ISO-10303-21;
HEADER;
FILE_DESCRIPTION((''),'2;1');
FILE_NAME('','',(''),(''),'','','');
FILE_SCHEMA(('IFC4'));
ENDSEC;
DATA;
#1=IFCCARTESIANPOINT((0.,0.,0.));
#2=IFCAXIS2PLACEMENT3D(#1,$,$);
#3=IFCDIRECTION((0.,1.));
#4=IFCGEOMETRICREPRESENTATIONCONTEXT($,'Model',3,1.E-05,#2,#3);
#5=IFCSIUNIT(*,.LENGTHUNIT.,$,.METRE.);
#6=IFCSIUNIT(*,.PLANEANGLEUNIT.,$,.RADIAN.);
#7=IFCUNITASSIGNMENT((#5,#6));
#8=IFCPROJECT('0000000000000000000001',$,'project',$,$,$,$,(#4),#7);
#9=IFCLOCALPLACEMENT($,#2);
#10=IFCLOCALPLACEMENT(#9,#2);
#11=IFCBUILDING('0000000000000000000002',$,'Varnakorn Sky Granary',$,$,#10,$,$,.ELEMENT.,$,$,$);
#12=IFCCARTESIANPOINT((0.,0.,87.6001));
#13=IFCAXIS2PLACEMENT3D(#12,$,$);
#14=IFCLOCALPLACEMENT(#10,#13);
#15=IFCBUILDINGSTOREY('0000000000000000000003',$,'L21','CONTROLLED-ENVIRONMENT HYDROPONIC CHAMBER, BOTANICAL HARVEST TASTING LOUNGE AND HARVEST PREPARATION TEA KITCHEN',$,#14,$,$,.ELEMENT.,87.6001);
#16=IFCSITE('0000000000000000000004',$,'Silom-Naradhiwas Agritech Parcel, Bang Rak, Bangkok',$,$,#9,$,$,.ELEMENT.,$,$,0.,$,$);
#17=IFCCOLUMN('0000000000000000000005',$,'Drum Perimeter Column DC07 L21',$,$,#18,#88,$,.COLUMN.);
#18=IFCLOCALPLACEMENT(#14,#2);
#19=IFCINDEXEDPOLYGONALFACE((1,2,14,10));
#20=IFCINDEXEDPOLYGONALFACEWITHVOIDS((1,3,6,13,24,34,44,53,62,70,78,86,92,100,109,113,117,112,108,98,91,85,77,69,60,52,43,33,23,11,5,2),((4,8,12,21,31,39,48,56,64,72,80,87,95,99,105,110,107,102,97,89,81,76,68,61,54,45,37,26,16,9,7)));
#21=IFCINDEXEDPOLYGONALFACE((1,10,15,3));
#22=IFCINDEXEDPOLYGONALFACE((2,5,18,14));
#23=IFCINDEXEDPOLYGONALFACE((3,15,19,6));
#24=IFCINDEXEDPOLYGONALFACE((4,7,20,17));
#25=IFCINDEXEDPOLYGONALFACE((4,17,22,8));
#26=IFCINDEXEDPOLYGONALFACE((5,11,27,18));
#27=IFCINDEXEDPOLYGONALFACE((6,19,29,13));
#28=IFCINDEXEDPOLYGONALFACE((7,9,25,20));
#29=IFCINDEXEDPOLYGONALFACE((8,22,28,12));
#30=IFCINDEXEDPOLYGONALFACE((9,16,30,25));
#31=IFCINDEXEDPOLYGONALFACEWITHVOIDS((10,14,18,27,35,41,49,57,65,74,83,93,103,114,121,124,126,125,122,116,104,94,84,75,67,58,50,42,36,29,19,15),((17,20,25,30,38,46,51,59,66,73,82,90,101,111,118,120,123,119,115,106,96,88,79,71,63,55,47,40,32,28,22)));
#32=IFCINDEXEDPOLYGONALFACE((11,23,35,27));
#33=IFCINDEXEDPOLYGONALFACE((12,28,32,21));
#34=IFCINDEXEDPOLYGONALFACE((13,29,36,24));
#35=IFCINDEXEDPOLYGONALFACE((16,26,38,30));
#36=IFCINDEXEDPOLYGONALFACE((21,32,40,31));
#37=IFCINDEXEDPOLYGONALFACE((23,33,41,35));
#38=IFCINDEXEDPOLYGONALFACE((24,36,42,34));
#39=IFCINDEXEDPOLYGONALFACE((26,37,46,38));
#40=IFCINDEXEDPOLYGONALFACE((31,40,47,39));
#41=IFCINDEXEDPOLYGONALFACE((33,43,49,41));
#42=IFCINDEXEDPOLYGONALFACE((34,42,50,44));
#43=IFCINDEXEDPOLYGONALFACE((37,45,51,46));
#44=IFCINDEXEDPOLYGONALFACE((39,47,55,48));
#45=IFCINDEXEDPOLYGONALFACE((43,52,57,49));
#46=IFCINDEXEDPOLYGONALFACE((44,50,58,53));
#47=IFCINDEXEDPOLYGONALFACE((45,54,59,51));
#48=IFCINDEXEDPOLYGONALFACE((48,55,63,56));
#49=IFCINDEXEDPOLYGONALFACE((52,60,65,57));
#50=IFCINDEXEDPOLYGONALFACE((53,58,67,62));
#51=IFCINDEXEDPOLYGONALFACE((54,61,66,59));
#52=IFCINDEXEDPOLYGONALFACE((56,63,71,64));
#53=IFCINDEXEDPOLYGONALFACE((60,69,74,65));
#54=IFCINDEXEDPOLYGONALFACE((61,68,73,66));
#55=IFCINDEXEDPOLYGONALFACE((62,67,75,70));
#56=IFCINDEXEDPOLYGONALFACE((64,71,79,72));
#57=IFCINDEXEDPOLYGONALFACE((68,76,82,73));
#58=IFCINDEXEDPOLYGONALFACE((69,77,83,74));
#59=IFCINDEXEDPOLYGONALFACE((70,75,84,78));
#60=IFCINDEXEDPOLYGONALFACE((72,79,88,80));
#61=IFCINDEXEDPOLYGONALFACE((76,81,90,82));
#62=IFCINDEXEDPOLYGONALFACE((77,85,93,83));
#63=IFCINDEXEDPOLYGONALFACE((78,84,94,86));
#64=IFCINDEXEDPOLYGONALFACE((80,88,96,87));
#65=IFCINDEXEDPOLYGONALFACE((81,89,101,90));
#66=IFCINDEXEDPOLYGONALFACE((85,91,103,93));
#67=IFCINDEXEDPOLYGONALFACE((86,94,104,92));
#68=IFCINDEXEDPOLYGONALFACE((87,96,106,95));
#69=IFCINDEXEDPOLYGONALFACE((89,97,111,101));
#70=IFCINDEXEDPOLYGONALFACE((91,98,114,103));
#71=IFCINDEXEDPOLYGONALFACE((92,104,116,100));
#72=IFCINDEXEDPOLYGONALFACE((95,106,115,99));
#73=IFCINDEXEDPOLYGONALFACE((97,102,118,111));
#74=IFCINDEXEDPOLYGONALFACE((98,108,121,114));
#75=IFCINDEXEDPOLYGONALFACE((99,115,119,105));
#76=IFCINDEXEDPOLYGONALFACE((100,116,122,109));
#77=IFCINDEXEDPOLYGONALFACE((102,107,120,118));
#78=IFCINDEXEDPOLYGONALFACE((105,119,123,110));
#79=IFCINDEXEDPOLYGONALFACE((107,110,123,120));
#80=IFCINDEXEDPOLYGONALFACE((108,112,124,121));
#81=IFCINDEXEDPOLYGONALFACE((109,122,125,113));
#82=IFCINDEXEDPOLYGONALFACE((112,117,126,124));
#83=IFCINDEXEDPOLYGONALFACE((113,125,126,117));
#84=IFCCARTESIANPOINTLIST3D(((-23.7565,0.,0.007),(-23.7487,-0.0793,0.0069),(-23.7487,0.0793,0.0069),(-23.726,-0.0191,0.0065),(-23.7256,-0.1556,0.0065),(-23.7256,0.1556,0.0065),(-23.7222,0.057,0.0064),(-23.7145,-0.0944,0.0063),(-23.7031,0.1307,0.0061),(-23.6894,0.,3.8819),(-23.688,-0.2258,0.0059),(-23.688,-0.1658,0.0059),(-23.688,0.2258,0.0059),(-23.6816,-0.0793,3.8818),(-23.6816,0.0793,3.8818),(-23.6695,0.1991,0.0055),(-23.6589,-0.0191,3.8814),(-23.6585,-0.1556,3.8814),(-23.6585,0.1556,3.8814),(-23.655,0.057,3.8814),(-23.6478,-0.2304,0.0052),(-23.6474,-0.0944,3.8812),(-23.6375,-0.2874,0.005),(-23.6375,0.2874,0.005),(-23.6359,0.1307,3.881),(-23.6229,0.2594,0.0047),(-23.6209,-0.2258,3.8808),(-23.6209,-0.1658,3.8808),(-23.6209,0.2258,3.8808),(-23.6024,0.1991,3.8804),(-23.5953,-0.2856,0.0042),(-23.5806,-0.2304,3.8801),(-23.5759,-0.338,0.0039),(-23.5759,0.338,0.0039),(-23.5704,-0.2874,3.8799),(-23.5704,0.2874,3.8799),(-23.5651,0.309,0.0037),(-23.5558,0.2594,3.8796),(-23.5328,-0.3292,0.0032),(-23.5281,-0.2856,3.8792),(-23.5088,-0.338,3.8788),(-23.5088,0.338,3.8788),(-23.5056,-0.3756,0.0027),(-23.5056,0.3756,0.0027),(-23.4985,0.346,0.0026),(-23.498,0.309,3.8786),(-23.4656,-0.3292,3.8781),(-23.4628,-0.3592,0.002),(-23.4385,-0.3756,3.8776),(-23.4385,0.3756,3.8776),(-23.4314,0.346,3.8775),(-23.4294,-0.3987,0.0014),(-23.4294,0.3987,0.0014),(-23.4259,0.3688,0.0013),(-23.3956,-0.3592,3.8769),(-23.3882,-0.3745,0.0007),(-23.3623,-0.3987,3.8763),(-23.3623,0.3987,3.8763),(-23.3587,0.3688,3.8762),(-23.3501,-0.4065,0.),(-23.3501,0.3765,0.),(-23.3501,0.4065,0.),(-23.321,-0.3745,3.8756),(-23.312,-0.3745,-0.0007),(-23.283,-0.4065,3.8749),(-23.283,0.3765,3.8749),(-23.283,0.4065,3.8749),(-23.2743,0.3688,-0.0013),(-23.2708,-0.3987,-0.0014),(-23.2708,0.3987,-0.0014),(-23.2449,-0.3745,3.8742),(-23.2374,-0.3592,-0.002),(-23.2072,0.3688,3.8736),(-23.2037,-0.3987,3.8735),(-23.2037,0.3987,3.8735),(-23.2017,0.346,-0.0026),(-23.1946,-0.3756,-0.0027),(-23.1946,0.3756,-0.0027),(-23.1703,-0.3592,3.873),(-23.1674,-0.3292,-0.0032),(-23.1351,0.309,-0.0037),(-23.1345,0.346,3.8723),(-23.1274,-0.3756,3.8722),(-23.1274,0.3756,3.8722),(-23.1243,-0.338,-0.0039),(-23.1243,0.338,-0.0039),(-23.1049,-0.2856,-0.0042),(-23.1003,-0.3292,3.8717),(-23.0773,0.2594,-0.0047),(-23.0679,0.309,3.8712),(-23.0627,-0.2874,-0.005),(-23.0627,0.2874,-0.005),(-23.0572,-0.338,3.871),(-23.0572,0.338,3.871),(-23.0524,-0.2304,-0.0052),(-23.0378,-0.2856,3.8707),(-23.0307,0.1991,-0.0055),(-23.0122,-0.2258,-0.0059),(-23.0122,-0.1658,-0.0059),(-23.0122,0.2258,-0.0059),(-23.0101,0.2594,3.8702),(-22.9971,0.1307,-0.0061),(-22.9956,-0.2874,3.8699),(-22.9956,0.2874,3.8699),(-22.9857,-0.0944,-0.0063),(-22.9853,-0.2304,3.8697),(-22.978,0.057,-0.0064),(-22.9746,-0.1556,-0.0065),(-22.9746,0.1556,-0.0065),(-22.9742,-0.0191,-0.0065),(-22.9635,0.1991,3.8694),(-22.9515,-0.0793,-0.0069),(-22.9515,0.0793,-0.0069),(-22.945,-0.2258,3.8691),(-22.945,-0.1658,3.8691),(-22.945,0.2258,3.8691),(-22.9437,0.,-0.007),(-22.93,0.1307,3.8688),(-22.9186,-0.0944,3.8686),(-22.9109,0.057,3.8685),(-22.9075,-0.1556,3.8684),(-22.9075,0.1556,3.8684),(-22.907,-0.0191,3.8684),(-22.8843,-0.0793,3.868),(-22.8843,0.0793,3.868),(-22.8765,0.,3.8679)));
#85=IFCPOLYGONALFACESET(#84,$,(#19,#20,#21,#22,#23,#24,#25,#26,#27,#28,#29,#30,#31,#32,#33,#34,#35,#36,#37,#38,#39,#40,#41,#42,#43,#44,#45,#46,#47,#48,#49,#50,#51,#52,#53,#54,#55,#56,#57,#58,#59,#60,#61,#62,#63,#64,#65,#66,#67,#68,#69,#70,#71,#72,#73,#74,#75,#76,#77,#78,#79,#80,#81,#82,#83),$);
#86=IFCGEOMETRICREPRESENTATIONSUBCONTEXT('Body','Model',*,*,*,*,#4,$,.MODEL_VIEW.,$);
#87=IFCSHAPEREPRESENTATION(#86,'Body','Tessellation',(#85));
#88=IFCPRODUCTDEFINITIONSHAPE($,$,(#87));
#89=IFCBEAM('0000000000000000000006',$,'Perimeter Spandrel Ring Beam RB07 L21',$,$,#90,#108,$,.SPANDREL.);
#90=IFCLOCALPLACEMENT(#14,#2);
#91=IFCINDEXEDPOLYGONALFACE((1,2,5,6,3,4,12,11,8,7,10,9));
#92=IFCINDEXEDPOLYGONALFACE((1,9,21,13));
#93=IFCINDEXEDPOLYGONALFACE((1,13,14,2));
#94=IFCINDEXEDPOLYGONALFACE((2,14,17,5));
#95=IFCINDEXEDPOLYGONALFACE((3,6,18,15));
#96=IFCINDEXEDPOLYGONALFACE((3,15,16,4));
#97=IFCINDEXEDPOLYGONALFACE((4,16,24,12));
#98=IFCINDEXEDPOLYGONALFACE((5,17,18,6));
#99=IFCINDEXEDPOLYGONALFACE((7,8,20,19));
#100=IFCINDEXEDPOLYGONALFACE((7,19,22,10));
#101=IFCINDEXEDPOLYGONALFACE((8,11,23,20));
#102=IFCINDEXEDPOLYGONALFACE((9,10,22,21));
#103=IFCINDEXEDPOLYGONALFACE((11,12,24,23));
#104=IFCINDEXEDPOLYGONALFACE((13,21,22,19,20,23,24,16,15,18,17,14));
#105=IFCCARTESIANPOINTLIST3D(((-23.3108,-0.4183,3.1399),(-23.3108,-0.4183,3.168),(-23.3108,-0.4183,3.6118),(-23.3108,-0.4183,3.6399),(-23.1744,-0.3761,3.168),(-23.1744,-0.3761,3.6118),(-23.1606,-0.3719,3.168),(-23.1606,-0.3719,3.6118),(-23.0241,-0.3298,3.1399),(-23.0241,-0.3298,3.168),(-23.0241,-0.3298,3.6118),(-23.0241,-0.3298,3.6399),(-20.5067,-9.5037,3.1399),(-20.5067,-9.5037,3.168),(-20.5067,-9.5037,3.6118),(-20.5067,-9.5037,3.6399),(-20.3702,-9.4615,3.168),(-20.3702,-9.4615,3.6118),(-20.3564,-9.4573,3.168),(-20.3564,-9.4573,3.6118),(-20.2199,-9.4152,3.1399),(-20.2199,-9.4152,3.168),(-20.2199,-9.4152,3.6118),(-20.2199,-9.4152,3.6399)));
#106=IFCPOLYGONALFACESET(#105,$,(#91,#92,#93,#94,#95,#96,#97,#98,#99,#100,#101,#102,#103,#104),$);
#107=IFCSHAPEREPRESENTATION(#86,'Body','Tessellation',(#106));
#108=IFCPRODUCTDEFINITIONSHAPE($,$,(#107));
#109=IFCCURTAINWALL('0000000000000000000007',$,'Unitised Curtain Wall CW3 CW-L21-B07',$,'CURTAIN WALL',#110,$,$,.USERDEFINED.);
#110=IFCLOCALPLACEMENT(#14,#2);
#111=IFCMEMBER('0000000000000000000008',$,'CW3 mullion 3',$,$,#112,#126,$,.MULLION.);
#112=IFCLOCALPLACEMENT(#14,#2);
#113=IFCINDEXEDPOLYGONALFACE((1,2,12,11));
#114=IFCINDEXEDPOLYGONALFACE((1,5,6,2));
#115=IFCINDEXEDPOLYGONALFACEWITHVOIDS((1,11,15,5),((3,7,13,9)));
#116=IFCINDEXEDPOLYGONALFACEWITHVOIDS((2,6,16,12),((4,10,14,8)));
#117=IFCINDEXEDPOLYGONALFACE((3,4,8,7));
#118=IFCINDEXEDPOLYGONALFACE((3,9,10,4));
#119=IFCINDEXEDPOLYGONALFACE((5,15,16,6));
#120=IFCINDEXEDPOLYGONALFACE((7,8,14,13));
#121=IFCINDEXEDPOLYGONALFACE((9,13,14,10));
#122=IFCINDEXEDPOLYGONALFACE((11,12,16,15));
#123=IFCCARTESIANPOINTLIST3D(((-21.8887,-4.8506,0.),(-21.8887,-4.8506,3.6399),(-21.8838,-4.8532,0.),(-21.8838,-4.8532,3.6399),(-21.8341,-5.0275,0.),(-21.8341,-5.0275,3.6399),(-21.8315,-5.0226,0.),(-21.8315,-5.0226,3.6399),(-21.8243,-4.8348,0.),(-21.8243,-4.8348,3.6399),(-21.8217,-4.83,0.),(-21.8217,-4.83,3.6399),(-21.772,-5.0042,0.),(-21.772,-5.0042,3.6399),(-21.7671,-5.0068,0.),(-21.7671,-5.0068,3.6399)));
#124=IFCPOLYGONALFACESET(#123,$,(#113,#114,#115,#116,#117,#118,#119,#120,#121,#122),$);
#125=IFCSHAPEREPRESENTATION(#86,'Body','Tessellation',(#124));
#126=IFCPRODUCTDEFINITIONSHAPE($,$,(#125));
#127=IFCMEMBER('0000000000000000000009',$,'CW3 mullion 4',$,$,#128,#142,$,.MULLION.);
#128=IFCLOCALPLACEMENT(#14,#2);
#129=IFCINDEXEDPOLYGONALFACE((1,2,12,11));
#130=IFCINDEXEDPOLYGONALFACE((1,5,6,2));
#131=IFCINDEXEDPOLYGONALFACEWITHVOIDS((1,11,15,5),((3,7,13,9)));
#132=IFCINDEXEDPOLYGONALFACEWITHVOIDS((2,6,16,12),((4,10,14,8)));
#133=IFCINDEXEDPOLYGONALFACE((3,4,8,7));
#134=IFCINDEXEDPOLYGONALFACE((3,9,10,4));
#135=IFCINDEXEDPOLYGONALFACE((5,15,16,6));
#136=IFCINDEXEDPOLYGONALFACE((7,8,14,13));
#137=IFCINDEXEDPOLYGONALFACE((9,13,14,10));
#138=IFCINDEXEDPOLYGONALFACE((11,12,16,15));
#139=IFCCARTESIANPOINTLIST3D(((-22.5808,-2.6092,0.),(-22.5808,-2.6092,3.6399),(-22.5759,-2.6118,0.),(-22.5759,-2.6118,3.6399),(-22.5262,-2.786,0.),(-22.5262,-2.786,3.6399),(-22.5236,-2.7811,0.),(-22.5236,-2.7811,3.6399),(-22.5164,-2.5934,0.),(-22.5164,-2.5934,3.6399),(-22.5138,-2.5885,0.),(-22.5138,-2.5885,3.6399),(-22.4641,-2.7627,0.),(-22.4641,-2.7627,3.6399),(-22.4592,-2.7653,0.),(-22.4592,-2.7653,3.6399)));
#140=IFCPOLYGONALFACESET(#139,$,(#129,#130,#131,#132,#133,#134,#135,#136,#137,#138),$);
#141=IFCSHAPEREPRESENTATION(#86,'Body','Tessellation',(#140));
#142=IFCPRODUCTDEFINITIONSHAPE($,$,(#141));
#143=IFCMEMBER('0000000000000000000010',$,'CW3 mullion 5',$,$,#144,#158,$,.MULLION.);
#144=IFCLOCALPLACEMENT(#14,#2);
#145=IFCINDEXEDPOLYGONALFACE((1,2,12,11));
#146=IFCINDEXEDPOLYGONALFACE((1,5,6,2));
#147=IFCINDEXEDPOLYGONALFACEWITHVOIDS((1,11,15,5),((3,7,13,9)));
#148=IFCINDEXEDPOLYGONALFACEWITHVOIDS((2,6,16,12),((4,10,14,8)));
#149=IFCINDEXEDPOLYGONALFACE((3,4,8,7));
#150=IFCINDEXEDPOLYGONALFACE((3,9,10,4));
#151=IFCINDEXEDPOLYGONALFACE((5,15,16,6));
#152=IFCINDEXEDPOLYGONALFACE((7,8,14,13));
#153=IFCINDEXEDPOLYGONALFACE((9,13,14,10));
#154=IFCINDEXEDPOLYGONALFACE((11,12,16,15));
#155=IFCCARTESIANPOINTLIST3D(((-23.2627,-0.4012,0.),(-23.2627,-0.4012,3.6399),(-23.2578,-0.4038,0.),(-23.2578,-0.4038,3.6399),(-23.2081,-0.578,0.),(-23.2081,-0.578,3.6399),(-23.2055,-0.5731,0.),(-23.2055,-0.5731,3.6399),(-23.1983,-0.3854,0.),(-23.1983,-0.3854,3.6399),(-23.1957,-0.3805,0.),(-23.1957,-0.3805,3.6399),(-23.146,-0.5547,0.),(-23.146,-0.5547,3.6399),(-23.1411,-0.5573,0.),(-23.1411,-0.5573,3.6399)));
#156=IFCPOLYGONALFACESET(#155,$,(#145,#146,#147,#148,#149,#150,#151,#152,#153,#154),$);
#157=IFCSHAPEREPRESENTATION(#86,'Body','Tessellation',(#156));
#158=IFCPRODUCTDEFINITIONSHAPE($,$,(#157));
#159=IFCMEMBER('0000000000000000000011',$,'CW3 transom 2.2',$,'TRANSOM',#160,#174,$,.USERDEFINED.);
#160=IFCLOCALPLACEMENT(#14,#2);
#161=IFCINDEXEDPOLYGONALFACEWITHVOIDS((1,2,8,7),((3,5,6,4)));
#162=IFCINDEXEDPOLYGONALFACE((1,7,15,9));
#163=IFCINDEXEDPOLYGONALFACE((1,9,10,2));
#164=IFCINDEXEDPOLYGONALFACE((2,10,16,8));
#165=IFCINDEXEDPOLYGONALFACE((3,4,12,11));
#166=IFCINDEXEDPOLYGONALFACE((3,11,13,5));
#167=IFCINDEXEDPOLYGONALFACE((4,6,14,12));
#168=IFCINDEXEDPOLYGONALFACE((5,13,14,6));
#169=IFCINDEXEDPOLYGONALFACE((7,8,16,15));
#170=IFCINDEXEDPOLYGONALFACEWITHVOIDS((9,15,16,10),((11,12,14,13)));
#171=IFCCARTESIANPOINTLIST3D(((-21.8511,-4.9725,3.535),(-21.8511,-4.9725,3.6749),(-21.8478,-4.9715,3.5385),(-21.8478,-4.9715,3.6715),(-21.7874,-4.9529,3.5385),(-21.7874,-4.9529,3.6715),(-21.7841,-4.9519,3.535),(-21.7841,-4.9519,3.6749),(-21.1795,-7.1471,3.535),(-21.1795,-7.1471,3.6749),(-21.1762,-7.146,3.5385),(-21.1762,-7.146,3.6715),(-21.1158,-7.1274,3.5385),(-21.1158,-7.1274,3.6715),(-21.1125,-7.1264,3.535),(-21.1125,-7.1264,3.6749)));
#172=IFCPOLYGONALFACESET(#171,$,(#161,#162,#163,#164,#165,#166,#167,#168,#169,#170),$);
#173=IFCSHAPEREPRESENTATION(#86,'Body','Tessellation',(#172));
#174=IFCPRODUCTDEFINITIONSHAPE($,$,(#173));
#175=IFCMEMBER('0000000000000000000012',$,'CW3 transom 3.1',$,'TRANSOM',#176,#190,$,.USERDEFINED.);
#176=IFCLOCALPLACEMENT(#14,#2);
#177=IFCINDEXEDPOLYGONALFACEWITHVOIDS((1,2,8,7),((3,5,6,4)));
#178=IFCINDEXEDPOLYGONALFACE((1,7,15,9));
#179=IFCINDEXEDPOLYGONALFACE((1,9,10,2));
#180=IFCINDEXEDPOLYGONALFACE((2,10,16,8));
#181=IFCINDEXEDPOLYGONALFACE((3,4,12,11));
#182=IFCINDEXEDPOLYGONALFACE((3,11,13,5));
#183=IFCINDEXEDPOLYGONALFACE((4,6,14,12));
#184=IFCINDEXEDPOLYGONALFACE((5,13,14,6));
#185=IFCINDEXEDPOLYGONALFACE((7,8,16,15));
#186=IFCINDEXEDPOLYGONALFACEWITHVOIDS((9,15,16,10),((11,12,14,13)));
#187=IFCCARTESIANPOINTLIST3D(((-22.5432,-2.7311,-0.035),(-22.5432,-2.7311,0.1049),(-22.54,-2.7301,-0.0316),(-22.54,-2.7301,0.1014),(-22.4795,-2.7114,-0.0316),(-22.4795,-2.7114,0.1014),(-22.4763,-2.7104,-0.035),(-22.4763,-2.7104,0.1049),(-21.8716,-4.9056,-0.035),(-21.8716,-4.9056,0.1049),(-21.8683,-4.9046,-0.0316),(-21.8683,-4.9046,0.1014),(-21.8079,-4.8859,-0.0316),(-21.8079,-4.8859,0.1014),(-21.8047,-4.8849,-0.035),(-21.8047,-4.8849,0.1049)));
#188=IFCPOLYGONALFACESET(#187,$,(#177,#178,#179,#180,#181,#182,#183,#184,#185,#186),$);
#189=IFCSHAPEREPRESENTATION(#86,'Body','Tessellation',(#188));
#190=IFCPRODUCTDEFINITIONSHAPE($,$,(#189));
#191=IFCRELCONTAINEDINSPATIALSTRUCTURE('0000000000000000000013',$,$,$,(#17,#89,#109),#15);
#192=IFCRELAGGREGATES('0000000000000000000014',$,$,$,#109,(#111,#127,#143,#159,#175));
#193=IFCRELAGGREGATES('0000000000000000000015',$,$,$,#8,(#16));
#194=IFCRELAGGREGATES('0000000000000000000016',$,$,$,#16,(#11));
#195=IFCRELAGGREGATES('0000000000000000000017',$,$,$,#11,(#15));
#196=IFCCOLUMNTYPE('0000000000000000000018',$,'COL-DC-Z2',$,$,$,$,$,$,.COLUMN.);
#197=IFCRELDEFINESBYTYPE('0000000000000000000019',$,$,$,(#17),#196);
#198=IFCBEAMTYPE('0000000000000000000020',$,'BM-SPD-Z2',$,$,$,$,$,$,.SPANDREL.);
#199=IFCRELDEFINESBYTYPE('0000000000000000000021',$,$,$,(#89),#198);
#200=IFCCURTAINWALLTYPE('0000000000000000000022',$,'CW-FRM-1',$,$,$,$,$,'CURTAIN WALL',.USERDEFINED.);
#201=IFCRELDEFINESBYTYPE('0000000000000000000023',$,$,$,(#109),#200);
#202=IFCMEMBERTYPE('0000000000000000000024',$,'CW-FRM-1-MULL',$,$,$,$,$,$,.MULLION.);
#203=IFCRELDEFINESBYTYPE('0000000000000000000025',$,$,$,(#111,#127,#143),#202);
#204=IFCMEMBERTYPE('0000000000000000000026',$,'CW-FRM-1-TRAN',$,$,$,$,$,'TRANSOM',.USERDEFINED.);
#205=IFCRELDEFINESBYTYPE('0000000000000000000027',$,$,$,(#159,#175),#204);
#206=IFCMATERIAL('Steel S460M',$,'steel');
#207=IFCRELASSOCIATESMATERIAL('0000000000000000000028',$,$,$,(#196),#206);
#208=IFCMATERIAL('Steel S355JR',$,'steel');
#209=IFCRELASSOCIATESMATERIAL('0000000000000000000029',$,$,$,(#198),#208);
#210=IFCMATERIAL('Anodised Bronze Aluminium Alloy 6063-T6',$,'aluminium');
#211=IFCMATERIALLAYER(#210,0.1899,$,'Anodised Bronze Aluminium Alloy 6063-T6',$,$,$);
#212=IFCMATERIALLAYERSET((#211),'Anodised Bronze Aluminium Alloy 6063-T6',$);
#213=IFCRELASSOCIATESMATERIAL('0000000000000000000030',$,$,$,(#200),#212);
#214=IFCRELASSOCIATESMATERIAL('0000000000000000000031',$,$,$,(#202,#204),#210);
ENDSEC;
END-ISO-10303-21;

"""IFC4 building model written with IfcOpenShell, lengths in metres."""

from ifc_helpers import new_model, si_unit, direction, frame, origin, origin_2d, place, context, subcontext, project, spatial, hollow_rectangle, hollow_circle, i_section, extrude, material, layer, layer_set, material_profile, profile_set, type_object, element, aggregate, save


model = new_model("IFC4")

# Units and contexts
model_context = context("Model", 3, precision=1e-05, world=origin(), true_north=direction((0.0, 1.0)))
body_context = subcontext(model_context, "Body", "Model", "MODEL_VIEW")
ifc_project = project(units=[si_unit("LENGTHUNIT", "METRE"), si_unit("PLANEANGLEUNIT", "RADIAN")], contexts=[model_context])

# Site, building, storey
site_placement = place(None, origin())
site = spatial("IfcSite", under=ifc_project, at=site_placement, Name="Silom-Naradhiwas Agritech Parcel, Bang Rak, Bangkok", CompositionType="ELEMENT", RefElevation=0.0)
building_placement = place(site_placement, origin())
building = spatial("IfcBuilding", under=site, at=building_placement, Name="Varnakorn Sky Granary", CompositionType="ELEMENT")
storey_placement = place(building_placement, frame((0.0, 0.0, 87.6001)))
storey = spatial("IfcBuildingStorey", under=building, at=storey_placement, Name="L21", Description="CONTROLLED-ENVIRONMENT HYDROPONIC CHAMBER, BOTANICAL HARVEST TASTING LOUNGE AND HARVEST PREPARATION TEA KITCHEN", CompositionType="ELEMENT", Elevation=87.6001)

# Column
ifc_material_1 = material(Name="Steel S460M", Category="steel")
ifc_material_profile_1 = material_profile(ifc_material_1, hollow_circle(Radius=0.4065, WallThickness=0.03, at=origin_2d()), Name="CHS 813x30")
ifc_profile_set_1 = profile_set([ifc_material_profile_1], Name="Steel S460M")
column_type = type_object("IfcColumnType", Name="COL-DC-Z2", PredefinedType="COLUMN", material=ifc_profile_set_1)
column_placement = place(storey_placement, frame((-23.3501, 0.0, 0.0), z_axis=(0.017324, 0.0, 0.99985), x_axis=(0.0, 1.0, 0.0)))
element("IfcColumn", 1, at=column_placement, inside=storey, type_object=column_type, Name="Drum Perimeter Column DC07 L21", PredefinedType="COLUMN", context=body_context, shape_type="SweptSolid", body=[
    extrude(hollow_circle(Radius=0.4065, WallThickness=0.03, at=origin_2d()), origin(), (0.0, 0.0, 1.0), 3.8755),
])

# Beam
ifc_material_2 = material(Name="Steel S355JR", Category="steel")
ifc_material_profile_2 = material_profile(ifc_material_2, i_section(OverallWidth=0.3, OverallDepth=0.5, WebThickness=0.0144, FlangeThickness=0.0281, at=origin_2d()), Name="HE 500 B")
ifc_profile_set_2 = profile_set([ifc_material_profile_2], Name="Steel S355JR")
beam_type = type_object("IfcBeamType", Name="BM-SPD-Z2", PredefinedType="SPANDREL", material=ifc_profile_set_2)
beam_placement = place(storey_placement, frame((-23.1675, -0.374, 3.3899), z_axis=(0.294919, -0.955522, 0.0), x_axis=(0.955522, 0.294919, 0.0)))
element("IfcBeam", 2, at=beam_placement, inside=storey, type_object=beam_type, Name="Perimeter Spandrel Ring Beam RB07 L21", PredefinedType="SPANDREL", context=body_context, shape_type="SweptSolid", body=[
    extrude(i_section(OverallWidth=0.3, OverallDepth=0.5, WebThickness=0.0144, FlangeThickness=0.0281, at=origin_2d()), origin(), (0.0, 0.0, 1.0), 9.5083),
])

# Curtain wall, members
ifc_material_3 = material(Name="Anodised Bronze Aluminium Alloy 6063-T6", Category="aluminium")
ifc_layer_1 = layer(ifc_material_3, 0.1899, Name="Anodised Bronze Aluminium Alloy 6063-T6")
ifc_layer_set_1 = layer_set([ifc_layer_1], Name="Anodised Bronze Aluminium Alloy 6063-T6")
curtain_wall_type = type_object("IfcCurtainWallType", Name="CW-FRM-1", ElementType="CURTAIN WALL", PredefinedType="USERDEFINED", material=ifc_layer_set_1)
curtain_wall_placement = place(storey_placement, origin())
curtain_wall = element("IfcCurtainWall", 3, at=curtain_wall_placement, inside=storey, type_object=curtain_wall_type, Name="Unitised Curtain Wall CW3 CW-L21-B07", ObjectType="CURTAIN WALL", PredefinedType="USERDEFINED")
ifc_material_profile_3 = material_profile(ifc_material_3, hollow_rectangle(XDim=0.0701, YDim=0.1851, WallThickness=0.0039, at=origin_2d()), Name="ALU MULL 70x185")
ifc_profile_set_3 = profile_set([ifc_material_profile_3], Name="Anodised Bronze Aluminium Alloy 6063-T6")
member_type_1 = type_object("IfcMemberType", Name="CW-FRM-1-MULL", PredefinedType="MULLION", material=ifc_profile_set_3)
member_1_placement = place(storey_placement, frame((-21.8279, -4.9287, 0.0), z_axis=(0.0, 0.0, 1.0), x_axis=(-0.955476, -0.295069, 0.0)))
member_1 = element("IfcMember", 4, at=member_1_placement, type_object=member_type_1, Name="CW3 mullion 3", PredefinedType="MULLION", context=body_context, shape_type="SweptSolid", body=[
    extrude(hollow_rectangle(XDim=0.0701, YDim=0.1851, WallThickness=0.0039, at=origin_2d()), origin(), (0.0, 0.0, 1.0), 3.6399),
])
member_2_placement = place(storey_placement, frame((-22.52, -2.6873, 0.0), z_axis=(0.0, 0.0, 1.0), x_axis=(-0.955476, -0.295069, 0.0)))
member_2 = element("IfcMember", 5, at=member_2_placement, type_object=member_type_1, Name="CW3 mullion 4", PredefinedType="MULLION", context=body_context, shape_type="SweptSolid", body=[
    extrude(hollow_rectangle(XDim=0.0701, YDim=0.1851, WallThickness=0.0039, at=origin_2d()), origin(), (0.0, 0.0, 1.0), 3.6399),
])
member_3_placement = place(storey_placement, frame((-23.2019, -0.4792, 0.0), z_axis=(0.0, 0.0, 1.0), x_axis=(-0.955476, -0.295069, 0.0)))
member_3 = element("IfcMember", 6, at=member_3_placement, type_object=member_type_1, Name="CW3 mullion 5", PredefinedType="MULLION", context=body_context, shape_type="SweptSolid", body=[
    extrude(hollow_rectangle(XDim=0.0701, YDim=0.1851, WallThickness=0.0039, at=origin_2d()), origin(), (0.0, 0.0, 1.0), 3.6399),
])
ifc_material_profile_4 = material_profile(ifc_material_3, hollow_rectangle(XDim=0.0701, YDim=0.1399, WallThickness=0.0034, at=origin_2d()), Name="ALU TRAN 70x140")
ifc_profile_set_4 = profile_set([ifc_material_profile_4], Name="Anodised Bronze Aluminium Alloy 6063-T6")
member_type_2 = type_object("IfcMemberType", Name="CW-FRM-1-TRAN", ElementType="TRANSOM", PredefinedType="USERDEFINED", material=ifc_profile_set_4)
member_4_placement = place(storey_placement, frame((-21.146, -7.1367, 3.605), z_axis=(-0.295103, 0.955465, 0.0), x_axis=(-0.955465, -0.295103, 0.0)))
member_4 = element("IfcMember", 7, at=member_4_placement, type_object=member_type_2, Name="CW3 transom 2.2", ObjectType="TRANSOM", PredefinedType="USERDEFINED", context=body_context, shape_type="SweptSolid", body=[
    extrude(hollow_rectangle(XDim=0.0701, YDim=0.1399, WallThickness=0.0034, at=origin_2d()), origin(), (0.0, 0.0, 1.0), 2.2759),
])
member_5_placement = place(storey_placement, frame((-21.8381, -4.8953, 0.0349), z_axis=(-0.295103, 0.955465, 0.0), x_axis=(-0.955465, -0.295103, 0.0)))
member_5 = element("IfcMember", 8, at=member_5_placement, type_object=member_type_2, Name="CW3 transom 3.1", ObjectType="TRANSOM", PredefinedType="USERDEFINED", context=body_context, shape_type="SweptSolid", body=[
    extrude(hollow_rectangle(XDim=0.0701, YDim=0.1399, WallThickness=0.0034, at=origin_2d()), origin(), (0.0, 0.0, 1.0), 2.2759),
])

aggregate(curtain_wall, [member_1, member_2, member_3, member_4, member_5])

save(model, "model.ifc")
